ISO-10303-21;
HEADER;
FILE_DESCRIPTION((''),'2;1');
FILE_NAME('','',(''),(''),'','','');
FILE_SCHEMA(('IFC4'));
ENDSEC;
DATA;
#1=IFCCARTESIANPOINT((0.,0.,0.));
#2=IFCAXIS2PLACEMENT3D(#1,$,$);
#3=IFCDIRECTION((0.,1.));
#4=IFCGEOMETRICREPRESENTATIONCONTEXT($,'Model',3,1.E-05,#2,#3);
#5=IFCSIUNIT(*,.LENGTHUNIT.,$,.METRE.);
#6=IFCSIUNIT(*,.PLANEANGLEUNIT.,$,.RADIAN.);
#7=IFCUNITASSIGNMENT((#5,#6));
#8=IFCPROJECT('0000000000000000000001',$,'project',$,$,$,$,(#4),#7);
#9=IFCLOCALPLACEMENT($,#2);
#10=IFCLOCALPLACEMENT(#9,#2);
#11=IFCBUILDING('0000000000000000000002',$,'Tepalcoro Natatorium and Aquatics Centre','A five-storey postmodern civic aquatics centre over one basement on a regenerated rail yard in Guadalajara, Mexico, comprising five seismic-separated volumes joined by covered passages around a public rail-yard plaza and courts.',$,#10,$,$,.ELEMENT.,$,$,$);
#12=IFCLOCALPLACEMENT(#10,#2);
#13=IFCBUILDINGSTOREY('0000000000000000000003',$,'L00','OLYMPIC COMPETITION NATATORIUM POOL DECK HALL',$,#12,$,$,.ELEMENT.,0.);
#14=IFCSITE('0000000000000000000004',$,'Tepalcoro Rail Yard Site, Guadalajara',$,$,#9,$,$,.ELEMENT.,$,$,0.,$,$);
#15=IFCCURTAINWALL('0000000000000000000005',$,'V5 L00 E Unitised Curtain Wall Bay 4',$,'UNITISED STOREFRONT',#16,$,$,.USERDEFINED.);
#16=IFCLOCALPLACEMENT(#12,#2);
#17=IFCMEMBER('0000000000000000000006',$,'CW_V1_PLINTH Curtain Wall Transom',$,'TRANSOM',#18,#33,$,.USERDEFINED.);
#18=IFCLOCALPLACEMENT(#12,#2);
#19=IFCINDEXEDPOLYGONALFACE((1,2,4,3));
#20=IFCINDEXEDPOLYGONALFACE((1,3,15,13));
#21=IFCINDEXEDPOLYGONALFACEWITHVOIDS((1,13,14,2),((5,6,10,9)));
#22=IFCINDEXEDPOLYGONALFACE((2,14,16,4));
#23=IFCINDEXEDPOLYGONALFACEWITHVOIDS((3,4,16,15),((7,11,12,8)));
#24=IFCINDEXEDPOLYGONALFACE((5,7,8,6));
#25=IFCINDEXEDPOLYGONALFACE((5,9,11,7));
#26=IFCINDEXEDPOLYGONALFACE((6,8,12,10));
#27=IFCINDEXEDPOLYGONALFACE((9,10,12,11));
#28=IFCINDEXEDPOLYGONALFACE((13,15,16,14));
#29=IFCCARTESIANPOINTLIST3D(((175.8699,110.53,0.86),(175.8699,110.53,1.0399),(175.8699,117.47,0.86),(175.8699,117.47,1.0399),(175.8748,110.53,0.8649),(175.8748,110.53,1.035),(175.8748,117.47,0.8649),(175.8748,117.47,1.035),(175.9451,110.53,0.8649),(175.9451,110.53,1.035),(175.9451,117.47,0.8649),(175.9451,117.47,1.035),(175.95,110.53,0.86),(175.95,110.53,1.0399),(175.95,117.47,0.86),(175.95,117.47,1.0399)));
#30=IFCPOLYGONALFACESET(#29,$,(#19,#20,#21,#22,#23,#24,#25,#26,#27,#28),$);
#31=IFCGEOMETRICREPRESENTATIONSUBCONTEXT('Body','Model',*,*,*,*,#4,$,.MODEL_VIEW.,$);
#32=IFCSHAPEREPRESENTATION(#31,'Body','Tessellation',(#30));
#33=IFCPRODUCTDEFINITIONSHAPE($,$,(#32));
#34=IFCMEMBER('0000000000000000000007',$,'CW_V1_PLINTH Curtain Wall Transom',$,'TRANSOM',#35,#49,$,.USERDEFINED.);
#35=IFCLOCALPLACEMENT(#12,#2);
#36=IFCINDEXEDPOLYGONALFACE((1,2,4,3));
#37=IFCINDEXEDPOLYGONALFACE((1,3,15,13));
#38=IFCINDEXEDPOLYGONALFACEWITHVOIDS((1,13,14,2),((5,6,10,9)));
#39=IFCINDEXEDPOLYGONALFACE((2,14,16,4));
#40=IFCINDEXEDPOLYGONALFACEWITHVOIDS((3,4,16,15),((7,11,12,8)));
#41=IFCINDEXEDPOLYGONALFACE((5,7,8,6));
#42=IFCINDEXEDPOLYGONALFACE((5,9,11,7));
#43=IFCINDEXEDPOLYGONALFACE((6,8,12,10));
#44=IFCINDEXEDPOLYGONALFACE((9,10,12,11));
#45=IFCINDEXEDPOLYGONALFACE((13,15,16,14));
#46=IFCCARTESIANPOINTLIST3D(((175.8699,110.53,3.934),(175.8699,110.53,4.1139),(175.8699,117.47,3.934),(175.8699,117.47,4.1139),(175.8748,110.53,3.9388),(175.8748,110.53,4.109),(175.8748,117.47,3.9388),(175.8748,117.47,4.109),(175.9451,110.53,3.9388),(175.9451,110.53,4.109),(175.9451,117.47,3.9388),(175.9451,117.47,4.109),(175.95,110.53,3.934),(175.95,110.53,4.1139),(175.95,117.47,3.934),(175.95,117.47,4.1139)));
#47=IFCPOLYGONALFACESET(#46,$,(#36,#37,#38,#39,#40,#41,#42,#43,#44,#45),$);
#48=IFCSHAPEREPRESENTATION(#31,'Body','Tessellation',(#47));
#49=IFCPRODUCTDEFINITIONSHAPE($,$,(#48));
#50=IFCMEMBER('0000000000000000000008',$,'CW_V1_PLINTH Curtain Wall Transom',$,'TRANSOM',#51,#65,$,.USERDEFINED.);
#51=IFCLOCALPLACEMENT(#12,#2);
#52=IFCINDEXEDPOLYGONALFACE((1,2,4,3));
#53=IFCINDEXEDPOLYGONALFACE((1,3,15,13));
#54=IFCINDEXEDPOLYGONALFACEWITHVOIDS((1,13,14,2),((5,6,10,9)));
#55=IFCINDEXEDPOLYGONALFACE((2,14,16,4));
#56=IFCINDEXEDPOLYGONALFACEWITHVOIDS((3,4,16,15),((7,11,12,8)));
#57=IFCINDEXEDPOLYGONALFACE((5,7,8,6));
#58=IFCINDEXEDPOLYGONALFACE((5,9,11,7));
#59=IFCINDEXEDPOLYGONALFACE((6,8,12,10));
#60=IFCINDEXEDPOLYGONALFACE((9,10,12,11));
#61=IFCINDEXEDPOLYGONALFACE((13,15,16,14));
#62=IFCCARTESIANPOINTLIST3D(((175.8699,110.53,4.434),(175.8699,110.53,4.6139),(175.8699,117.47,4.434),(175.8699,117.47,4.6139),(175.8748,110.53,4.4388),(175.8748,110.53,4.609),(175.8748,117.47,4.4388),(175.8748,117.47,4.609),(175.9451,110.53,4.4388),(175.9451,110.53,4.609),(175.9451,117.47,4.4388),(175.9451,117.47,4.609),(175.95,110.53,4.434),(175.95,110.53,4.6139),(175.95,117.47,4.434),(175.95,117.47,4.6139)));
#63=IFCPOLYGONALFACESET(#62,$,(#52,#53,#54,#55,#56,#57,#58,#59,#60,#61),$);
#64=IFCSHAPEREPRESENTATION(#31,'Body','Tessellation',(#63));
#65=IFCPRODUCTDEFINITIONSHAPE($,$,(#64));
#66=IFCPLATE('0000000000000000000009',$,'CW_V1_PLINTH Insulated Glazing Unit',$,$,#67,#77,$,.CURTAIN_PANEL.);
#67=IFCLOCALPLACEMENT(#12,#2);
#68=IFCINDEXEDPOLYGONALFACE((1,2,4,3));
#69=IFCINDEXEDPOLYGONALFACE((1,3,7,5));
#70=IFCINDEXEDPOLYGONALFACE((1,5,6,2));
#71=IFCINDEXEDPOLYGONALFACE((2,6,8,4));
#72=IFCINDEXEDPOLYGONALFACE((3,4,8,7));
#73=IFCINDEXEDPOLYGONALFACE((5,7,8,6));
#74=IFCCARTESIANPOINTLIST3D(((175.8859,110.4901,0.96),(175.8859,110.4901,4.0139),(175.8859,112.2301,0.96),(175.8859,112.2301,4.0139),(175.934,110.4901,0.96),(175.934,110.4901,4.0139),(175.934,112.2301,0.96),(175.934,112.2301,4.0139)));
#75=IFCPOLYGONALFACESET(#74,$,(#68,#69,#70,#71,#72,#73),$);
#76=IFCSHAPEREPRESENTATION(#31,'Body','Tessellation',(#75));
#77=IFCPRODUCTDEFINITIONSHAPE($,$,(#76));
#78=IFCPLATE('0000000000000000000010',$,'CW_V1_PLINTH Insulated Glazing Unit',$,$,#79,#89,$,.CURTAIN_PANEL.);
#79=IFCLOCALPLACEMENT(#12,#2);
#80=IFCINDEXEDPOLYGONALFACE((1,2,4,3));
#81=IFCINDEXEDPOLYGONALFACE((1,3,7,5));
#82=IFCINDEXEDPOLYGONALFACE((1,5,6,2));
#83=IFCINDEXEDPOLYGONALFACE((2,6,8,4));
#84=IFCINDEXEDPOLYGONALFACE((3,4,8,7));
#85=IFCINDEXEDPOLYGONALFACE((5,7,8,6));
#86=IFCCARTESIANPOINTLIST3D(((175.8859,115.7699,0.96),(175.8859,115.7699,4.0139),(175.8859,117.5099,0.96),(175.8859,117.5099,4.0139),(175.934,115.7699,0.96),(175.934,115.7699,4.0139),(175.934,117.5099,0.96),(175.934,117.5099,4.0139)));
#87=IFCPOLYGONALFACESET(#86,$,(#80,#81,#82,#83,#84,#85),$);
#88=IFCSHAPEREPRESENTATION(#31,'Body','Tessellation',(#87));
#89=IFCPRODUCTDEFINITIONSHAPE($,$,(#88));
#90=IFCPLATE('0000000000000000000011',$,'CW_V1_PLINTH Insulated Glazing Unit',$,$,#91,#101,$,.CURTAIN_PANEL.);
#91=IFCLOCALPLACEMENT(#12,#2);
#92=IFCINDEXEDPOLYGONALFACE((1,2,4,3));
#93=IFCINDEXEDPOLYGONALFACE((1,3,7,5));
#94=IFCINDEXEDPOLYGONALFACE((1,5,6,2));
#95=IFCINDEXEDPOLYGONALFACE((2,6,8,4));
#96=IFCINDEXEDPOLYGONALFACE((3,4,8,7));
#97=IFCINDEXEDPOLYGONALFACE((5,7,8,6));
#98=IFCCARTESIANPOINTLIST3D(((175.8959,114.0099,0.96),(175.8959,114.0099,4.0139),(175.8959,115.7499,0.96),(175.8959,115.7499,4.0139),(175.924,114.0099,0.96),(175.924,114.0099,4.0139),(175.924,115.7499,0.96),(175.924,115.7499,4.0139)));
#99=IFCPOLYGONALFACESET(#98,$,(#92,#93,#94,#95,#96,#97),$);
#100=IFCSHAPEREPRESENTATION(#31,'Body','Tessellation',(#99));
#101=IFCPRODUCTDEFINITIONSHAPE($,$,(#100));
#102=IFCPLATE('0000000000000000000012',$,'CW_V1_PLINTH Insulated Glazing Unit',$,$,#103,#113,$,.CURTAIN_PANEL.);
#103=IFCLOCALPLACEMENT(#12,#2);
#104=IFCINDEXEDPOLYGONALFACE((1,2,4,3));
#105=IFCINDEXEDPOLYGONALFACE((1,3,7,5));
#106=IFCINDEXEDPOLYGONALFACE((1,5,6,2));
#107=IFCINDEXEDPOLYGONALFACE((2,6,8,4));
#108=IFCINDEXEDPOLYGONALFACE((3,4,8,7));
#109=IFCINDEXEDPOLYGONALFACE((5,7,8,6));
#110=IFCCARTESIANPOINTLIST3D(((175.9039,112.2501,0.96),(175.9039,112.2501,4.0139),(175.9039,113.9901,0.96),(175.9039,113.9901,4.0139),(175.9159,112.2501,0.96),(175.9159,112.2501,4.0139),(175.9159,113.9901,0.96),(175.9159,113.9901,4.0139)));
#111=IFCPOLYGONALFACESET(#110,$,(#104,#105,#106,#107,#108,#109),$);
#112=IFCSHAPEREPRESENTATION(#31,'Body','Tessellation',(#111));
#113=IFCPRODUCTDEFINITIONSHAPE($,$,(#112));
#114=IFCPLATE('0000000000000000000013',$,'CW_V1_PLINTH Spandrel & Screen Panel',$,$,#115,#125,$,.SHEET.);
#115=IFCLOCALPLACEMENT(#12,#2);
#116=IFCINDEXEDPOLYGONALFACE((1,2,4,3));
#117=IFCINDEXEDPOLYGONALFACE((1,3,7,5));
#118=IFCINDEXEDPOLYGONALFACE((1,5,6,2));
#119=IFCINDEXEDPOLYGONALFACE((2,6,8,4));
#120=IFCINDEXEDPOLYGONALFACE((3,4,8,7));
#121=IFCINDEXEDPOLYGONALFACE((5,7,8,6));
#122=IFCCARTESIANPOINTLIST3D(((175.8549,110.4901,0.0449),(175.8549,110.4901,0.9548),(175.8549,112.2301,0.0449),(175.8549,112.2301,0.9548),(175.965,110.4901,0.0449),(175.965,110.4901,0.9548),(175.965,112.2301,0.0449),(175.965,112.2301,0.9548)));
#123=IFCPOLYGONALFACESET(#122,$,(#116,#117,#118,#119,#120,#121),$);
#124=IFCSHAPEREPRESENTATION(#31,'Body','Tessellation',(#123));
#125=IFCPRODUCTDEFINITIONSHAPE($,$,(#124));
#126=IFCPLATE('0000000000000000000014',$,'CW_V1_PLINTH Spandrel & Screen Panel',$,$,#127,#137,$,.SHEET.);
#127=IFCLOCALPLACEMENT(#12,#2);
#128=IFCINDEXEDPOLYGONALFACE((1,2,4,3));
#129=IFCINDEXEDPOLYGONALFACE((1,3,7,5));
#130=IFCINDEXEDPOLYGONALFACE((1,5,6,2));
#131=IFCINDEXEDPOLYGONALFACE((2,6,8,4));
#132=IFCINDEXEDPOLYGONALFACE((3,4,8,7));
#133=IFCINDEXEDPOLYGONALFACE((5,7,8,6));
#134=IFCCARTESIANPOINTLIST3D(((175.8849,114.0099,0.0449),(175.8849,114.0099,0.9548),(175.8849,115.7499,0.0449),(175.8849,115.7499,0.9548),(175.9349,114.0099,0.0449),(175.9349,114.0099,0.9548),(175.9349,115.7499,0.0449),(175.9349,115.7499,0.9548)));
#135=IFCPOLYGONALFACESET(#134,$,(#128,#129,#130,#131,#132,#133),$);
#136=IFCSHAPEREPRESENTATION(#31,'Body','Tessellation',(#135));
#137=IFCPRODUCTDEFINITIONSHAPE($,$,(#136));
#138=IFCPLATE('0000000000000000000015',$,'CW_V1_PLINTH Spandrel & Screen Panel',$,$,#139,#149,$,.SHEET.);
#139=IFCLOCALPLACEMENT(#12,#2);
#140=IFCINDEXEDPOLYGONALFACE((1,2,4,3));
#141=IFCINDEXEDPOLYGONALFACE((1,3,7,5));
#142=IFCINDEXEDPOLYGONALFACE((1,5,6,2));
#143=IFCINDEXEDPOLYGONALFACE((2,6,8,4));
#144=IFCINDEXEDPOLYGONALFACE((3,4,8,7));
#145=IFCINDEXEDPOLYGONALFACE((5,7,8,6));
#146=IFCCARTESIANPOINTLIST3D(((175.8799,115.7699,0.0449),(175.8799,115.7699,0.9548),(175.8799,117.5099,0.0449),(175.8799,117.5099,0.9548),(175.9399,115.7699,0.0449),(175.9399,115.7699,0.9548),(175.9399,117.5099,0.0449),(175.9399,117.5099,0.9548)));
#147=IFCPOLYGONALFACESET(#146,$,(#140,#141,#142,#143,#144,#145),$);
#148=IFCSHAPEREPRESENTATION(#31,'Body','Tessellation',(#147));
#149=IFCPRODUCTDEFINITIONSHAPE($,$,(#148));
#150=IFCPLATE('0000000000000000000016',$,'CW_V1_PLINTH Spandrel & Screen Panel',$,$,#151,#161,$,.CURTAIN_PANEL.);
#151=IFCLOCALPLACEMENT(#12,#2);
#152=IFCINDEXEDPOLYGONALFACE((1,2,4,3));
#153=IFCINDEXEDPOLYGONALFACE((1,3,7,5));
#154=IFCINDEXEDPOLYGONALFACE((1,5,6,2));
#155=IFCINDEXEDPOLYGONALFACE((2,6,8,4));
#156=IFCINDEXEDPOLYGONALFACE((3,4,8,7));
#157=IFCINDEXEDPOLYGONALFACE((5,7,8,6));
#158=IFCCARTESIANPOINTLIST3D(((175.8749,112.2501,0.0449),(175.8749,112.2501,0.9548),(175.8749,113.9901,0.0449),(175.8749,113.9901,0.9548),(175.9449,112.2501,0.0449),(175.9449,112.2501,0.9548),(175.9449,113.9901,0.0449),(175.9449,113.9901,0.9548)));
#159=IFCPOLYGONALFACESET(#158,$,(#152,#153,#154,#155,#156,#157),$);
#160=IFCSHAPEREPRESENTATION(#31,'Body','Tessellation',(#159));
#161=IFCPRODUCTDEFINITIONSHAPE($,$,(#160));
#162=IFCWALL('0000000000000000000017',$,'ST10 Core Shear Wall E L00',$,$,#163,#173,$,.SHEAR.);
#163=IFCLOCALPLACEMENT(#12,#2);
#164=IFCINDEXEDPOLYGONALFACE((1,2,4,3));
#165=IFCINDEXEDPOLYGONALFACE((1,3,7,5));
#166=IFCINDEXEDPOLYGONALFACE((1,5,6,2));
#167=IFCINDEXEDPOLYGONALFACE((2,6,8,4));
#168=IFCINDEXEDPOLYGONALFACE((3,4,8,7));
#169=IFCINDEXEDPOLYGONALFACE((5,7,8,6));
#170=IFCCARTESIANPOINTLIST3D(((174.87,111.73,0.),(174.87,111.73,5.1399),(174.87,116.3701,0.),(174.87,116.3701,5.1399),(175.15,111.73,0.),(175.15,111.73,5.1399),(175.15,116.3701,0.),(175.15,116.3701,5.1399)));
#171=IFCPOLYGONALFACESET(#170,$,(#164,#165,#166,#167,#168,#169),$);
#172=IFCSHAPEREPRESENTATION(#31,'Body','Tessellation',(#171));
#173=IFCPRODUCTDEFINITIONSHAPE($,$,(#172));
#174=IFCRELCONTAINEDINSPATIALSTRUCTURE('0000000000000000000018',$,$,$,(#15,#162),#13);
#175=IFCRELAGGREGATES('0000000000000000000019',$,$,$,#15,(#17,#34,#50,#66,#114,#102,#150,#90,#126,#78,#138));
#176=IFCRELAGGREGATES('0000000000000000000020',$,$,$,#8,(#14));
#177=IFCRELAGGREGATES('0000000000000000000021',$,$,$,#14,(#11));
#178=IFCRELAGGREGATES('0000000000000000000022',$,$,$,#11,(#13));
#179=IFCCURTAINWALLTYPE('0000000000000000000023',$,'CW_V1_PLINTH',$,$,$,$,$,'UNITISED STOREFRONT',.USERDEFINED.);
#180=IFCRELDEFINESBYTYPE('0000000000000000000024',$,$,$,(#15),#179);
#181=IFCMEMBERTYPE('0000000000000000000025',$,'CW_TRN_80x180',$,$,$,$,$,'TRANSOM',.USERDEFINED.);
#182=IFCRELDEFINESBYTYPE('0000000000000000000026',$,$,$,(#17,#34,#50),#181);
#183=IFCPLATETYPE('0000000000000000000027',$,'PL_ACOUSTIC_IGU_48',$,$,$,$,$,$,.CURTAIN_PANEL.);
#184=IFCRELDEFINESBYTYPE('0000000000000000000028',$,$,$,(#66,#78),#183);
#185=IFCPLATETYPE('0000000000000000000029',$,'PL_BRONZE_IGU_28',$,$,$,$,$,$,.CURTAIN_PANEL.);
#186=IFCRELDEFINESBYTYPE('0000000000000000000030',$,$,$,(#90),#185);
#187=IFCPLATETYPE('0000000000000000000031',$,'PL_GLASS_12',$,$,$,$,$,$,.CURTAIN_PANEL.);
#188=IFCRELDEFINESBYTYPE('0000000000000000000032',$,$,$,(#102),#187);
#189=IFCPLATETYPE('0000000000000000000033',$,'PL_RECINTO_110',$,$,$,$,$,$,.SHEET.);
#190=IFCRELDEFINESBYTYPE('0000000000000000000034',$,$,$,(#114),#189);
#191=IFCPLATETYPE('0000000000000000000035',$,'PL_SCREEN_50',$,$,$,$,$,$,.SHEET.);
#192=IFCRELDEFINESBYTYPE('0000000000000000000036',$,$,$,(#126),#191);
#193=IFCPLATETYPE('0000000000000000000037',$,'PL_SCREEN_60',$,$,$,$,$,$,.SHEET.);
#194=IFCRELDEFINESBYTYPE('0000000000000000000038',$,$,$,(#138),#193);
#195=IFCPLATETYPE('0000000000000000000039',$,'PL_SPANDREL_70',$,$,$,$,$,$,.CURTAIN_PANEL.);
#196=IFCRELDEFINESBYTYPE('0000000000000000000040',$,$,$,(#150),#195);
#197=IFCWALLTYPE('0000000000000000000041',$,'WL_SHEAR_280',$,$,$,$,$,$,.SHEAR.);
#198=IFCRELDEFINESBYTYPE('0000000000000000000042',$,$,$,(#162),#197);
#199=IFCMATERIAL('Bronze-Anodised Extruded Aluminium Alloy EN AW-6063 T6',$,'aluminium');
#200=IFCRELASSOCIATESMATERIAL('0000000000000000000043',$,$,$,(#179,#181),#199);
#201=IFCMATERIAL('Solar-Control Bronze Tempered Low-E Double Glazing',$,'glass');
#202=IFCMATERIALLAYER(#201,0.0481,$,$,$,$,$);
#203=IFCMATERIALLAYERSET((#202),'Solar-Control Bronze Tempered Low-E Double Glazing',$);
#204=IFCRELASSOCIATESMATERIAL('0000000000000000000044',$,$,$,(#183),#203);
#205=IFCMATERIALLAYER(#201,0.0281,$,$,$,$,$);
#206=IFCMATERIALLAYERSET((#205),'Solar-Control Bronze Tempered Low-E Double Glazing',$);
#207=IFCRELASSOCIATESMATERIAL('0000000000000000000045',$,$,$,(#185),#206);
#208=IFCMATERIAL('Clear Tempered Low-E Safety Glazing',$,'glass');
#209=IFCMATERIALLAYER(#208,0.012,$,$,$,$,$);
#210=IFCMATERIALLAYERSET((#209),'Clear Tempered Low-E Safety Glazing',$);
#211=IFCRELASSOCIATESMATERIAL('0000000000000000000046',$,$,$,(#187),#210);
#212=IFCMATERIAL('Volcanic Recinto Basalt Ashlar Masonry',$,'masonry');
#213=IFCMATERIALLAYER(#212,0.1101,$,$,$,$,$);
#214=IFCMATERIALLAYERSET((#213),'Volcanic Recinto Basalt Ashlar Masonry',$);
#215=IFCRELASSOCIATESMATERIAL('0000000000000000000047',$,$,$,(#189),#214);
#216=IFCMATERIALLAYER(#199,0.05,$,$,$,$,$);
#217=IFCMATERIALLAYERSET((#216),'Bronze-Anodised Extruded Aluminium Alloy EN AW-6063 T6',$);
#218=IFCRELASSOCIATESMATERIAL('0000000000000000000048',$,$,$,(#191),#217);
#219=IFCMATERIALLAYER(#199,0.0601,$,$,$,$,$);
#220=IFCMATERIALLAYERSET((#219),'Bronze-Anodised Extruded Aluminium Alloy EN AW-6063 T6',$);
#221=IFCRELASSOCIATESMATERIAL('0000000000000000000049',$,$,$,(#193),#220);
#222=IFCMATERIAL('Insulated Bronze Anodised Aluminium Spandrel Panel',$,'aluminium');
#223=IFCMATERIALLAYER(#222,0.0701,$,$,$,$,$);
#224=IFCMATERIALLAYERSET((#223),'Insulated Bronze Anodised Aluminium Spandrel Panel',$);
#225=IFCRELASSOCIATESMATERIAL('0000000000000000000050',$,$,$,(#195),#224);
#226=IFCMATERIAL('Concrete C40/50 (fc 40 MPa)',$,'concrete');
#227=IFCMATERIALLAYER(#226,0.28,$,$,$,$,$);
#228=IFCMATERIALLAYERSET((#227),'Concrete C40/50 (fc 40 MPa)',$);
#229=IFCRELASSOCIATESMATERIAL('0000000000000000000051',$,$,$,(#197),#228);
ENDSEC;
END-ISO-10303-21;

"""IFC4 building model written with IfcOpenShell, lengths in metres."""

from ifc_helpers import new_model, si_unit, direction, frame, frame_2d, origin, origin_2d, place, context, subcontext, project, spatial, rectangle, hollow_rectangle, extrude, material, layer, layer_set, material_profile, profile_set, type_object, element, aggregate, save


model = new_model("IFC4")

# Units and contexts
model_context = context("Model", 3, precision=1e-05, world=origin(), true_north=direction((0.0, 1.0)))
body_context = subcontext(model_context, "Body", "Model", "MODEL_VIEW")
ifc_project = project(units=[si_unit("LENGTHUNIT", "METRE"), si_unit("PLANEANGLEUNIT", "RADIAN")], contexts=[model_context])

# Site, building, storey
site_placement = place(None, origin())
site = spatial("IfcSite", under=ifc_project, at=site_placement, Name="Tepalcoro Rail Yard Site, Guadalajara", CompositionType="ELEMENT", RefElevation=0.0)
building_placement = place(site_placement, origin())
building = spatial("IfcBuilding", under=site, at=building_placement, Name="Tepalcoro Natatorium and Aquatics Centre", Description="A five-storey postmodern civic aquatics centre over one basement on a regenerated rail yard in Guadalajara, Mexico, comprising five seismic-separated volumes joined by covered passages around a public rail-yard plaza and courts.", CompositionType="ELEMENT")
storey_placement = place(building_placement, origin())
storey = spatial("IfcBuildingStorey", under=building, at=storey_placement, Name="L00", Description="OLYMPIC COMPETITION NATATORIUM POOL DECK HALL", CompositionType="ELEMENT", Elevation=0.0)

# Shared definitions
ifc_material_1 = material(Name="Concrete C40/50 (fc 40 MPa)", Category="concrete")

# Curtain wall, members, plates
ifc_material_2 = material(Name="Bronze-Anodised Extruded Aluminium Alloy EN AW-6063 T6", Category="aluminium")
curtain_wall_type = type_object("IfcCurtainWallType", Name="CW_V1_PLINTH", ElementType="UNITISED STOREFRONT", PredefinedType="USERDEFINED", material=ifc_material_2)
curtain_wall_placement = place(storey_placement, origin())
curtain_wall = element("IfcCurtainWall", 1, at=curtain_wall_placement, inside=storey, type_object=curtain_wall_type, Name="V5 L00 E Unitised Curtain Wall Bay 4", ObjectType="UNITISED STOREFRONT", PredefinedType="USERDEFINED")
ifc_material_profile_1 = material_profile(ifc_material_2, hollow_rectangle(XDim=0.0801, YDim=0.1799, WallThickness=0.0049, at=origin_2d()), Name="AL80X180X5")
ifc_profile_set_1 = profile_set([ifc_material_profile_1], Name="Bronze-Anodised Extruded Aluminium Alloy EN AW-6063 T6")
member_type_1 = type_object("IfcMemberType", Name="CW_TRN_80x180", ElementType="TRANSOM", PredefinedType="USERDEFINED", material=ifc_profile_set_1)
member_1_placement = place(storey_placement, frame((175.9099, 110.53, 0.95), z_axis=(0.0, 1.0, 0.0), x_axis=(-1.0, 0.0, 0.0)))
member_1 = element("IfcMember", 2, at=member_1_placement, type_object=member_type_1, Name="CW_V1_PLINTH Curtain Wall Transom", ObjectType="TRANSOM", PredefinedType="USERDEFINED", context=body_context, shape_type="SweptSolid", body=[
    extrude(hollow_rectangle(XDim=0.0801, YDim=0.1799, WallThickness=0.0049, at=origin_2d()), origin(), (0.0, 0.0, 1.0), 6.9399),
])
member_2_placement = place(storey_placement, frame((175.9099, 110.53, 4.0239), z_axis=(0.0, 1.0, 0.0), x_axis=(-1.0, 0.0, 0.0)))
member_2 = element("IfcMember", 3, at=member_2_placement, type_object=member_type_1, Name="CW_V1_PLINTH Curtain Wall Transom", ObjectType="TRANSOM", PredefinedType="USERDEFINED", context=body_context, shape_type="SweptSolid", body=[
    extrude(hollow_rectangle(XDim=0.0801, YDim=0.1799, WallThickness=0.0049, at=origin_2d()), origin(), (0.0, 0.0, 1.0), 6.9399),
])
member_3_placement = place(storey_placement, frame((175.9099, 110.53, 4.5239), z_axis=(0.0, 1.0, 0.0), x_axis=(-1.0, 0.0, 0.0)))
member_3 = element("IfcMember", 4, at=member_3_placement, type_object=member_type_1, Name="CW_V1_PLINTH Curtain Wall Transom", ObjectType="TRANSOM", PredefinedType="USERDEFINED", context=body_context, shape_type="SweptSolid", body=[
    extrude(hollow_rectangle(XDim=0.0801, YDim=0.1799, WallThickness=0.0049, at=origin_2d()), origin(), (0.0, 0.0, 1.0), 6.9399),
])
ifc_material_3 = material(Name="Solar-Control Bronze Tempered Low-E Double Glazing", Category="glass")
ifc_layer_1 = layer(ifc_material_3, 0.0481)
ifc_layer_set_1 = layer_set([ifc_layer_1], Name="Solar-Control Bronze Tempered Low-E Double Glazing")
plate_type_1 = type_object("IfcPlateType", Name="PL_ACOUSTIC_IGU_48", PredefinedType="CURTAIN_PANEL", material=ifc_layer_set_1)
plate_1_placement = place(storey_placement, frame((175.9099, 111.3601, 0.96), z_axis=(0.0, 0.0, 1.0), x_axis=(1.0, 0.0, 0.0)))
plate_1 = element("IfcPlate", 5, at=plate_1_placement, type_object=plate_type_1, Name="CW_V1_PLINTH Insulated Glazing Unit", PredefinedType="CURTAIN_PANEL", context=body_context, shape_type="SweptSolid", body=[
    extrude(rectangle(XDim=0.0481, YDim=1.74, at=origin_2d()), origin(), (0.0, 0.0, 1.0), 3.054),
])
plate_2_placement = place(storey_placement, frame((175.9099, 116.6399, 0.96), z_axis=(0.0, 0.0, 1.0), x_axis=(1.0, 0.0, 0.0)))
plate_2 = element("IfcPlate", 6, at=plate_2_placement, type_object=plate_type_1, Name="CW_V1_PLINTH Insulated Glazing Unit", PredefinedType="CURTAIN_PANEL", context=body_context, shape_type="SweptSolid", body=[
    extrude(rectangle(XDim=0.0481, YDim=1.74, at=origin_2d()), origin(), (0.0, 0.0, 1.0), 3.054),
])
ifc_layer_2 = layer(ifc_material_3, 0.0281)
ifc_layer_set_2 = layer_set([ifc_layer_2], Name="Solar-Control Bronze Tempered Low-E Double Glazing")
plate_type_2 = type_object("IfcPlateType", Name="PL_BRONZE_IGU_28", PredefinedType="CURTAIN_PANEL", material=ifc_layer_set_2)
plate_3_placement = place(storey_placement, frame((175.9099, 114.8799, 0.96), z_axis=(0.0, 0.0, 1.0), x_axis=(1.0, 0.0, 0.0)))
plate_3 = element("IfcPlate", 7, at=plate_3_placement, type_object=plate_type_2, Name="CW_V1_PLINTH Insulated Glazing Unit", PredefinedType="CURTAIN_PANEL", context=body_context, shape_type="SweptSolid", body=[
    extrude(rectangle(XDim=0.0281, YDim=1.74, at=origin_2d()), origin(), (0.0, 0.0, 1.0), 3.054),
])
ifc_material_4 = material(Name="Clear Tempered Low-E Safety Glazing", Category="glass")
ifc_layer_3 = layer(ifc_material_4, 0.012)
ifc_layer_set_3 = layer_set([ifc_layer_3], Name="Clear Tempered Low-E Safety Glazing")
plate_type_3 = type_object("IfcPlateType", Name="PL_GLASS_12", PredefinedType="CURTAIN_PANEL", material=ifc_layer_set_3)
plate_4_placement = place(storey_placement, frame((175.9099, 113.1201, 0.96), z_axis=(0.0, 0.0, 1.0), x_axis=(1.0, 0.0, 0.0)))
plate_4 = element("IfcPlate", 8, at=plate_4_placement, type_object=plate_type_3, Name="CW_V1_PLINTH Insulated Glazing Unit", PredefinedType="CURTAIN_PANEL", context=body_context, shape_type="SweptSolid", body=[
    extrude(rectangle(XDim=0.012, YDim=1.74, at=origin_2d()), origin(), (0.0, 0.0, 1.0), 3.054),
])
ifc_material_5 = material(Name="Volcanic Recinto Basalt Ashlar Masonry", Category="masonry")
ifc_layer_4 = layer(ifc_material_5, 0.1101)
ifc_layer_set_4 = layer_set([ifc_layer_4], Name="Volcanic Recinto Basalt Ashlar Masonry")
plate_type_4 = type_object("IfcPlateType", Name="PL_RECINTO_110", PredefinedType="SHEET", material=ifc_layer_set_4)
plate_5_placement = place(storey_placement, frame((175.9099, 111.3601, 0.0449), z_axis=(0.0, 0.0, 1.0), x_axis=(1.0, 0.0, 0.0)))
plate_5 = element("IfcPlate", 9, at=plate_5_placement, type_object=plate_type_4, Name="CW_V1_PLINTH Spandrel & Screen Panel", PredefinedType="SHEET", context=body_context, shape_type="SweptSolid", body=[
    extrude(rectangle(XDim=0.1101, YDim=1.74, at=origin_2d()), origin(), (0.0, 0.0, 1.0), 0.9099),
])
ifc_layer_5 = layer(ifc_material_2, 0.05)
ifc_layer_set_5 = layer_set([ifc_layer_5], Name="Bronze-Anodised Extruded Aluminium Alloy EN AW-6063 T6")
plate_type_5 = type_object("IfcPlateType", Name="PL_SCREEN_50", PredefinedType="SHEET", material=ifc_layer_set_5)
plate_6_placement = place(storey_placement, frame((175.9099, 114.8799, 0.0449), z_axis=(0.0, 0.0, 1.0), x_axis=(1.0, 0.0, 0.0)))
plate_6 = element("IfcPlate", 10, at=plate_6_placement, type_object=plate_type_5, Name="CW_V1_PLINTH Spandrel & Screen Panel", PredefinedType="SHEET", context=body_context, shape_type="SweptSolid", body=[
    extrude(rectangle(XDim=0.05, YDim=1.74, at=origin_2d()), origin(), (0.0, 0.0, 1.0), 0.9099),
])
ifc_layer_6 = layer(ifc_material_2, 0.0601)
ifc_layer_set_6 = layer_set([ifc_layer_6], Name="Bronze-Anodised Extruded Aluminium Alloy EN AW-6063 T6")
plate_type_6 = type_object("IfcPlateType", Name="PL_SCREEN_60", PredefinedType="SHEET", material=ifc_layer_set_6)
plate_7_placement = place(storey_placement, frame((175.9099, 116.6399, 0.0449), z_axis=(0.0, 0.0, 1.0), x_axis=(1.0, 0.0, 0.0)))
plate_7 = element("IfcPlate", 11, at=plate_7_placement, type_object=plate_type_6, Name="CW_V1_PLINTH Spandrel & Screen Panel", PredefinedType="SHEET", context=body_context, shape_type="SweptSolid", body=[
    extrude(rectangle(XDim=0.0601, YDim=1.74, at=origin_2d()), origin(), (0.0, 0.0, 1.0), 0.9099),
])
ifc_material_6 = material(Name="Insulated Bronze Anodised Aluminium Spandrel Panel", Category="aluminium")
ifc_layer_7 = layer(ifc_material_6, 0.0701)
ifc_layer_set_7 = layer_set([ifc_layer_7], Name="Insulated Bronze Anodised Aluminium Spandrel Panel")
plate_type_7 = type_object("IfcPlateType", Name="PL_SPANDREL_70", PredefinedType="CURTAIN_PANEL", material=ifc_layer_set_7)
plate_8_placement = place(storey_placement, frame((175.9099, 113.1201, 0.0449), z_axis=(0.0, 0.0, 1.0), x_axis=(1.0, 0.0, 0.0)))
plate_8 = element("IfcPlate", 12, at=plate_8_placement, type_object=plate_type_7, Name="CW_V1_PLINTH Spandrel & Screen Panel", PredefinedType="CURTAIN_PANEL", context=body_context, shape_type="SweptSolid", body=[
    extrude(rectangle(XDim=0.0701, YDim=1.74, at=origin_2d()), origin(), (0.0, 0.0, 1.0), 0.9099),
])
aggregate(curtain_wall, [member_1, member_2, member_3, plate_1, plate_5, plate_4, plate_8, plate_3, plate_6, plate_2, plate_7])

# Wall
ifc_layer_8 = layer(ifc_material_1, 0.28)
ifc_layer_set_8 = layer_set([ifc_layer_8], Name="Concrete C40/50 (fc 40 MPa)")
wall_type = type_object("IfcWallType", Name="WL_SHEAR_280", PredefinedType="SHEAR", material=ifc_layer_set_8)
wall_placement = place(storey_placement, frame((175.01, 111.73, 0.0), z_axis=(0.0, 0.0, 1.0), x_axis=(0.0, 1.0, 0.0)))
element("IfcWall", 13, at=wall_placement, inside=storey, type_object=wall_type, Name="ST10 Core Shear Wall E L00", PredefinedType="SHEAR", context=body_context, shape_type="SweptSolid", body=[
    extrude(rectangle(XDim=4.6401, YDim=0.28, at=frame_2d((2.3201, 0.0))), origin(), (0.0, 0.0, 1.0), 5.1399),
])

save(model, "model.ifc")
